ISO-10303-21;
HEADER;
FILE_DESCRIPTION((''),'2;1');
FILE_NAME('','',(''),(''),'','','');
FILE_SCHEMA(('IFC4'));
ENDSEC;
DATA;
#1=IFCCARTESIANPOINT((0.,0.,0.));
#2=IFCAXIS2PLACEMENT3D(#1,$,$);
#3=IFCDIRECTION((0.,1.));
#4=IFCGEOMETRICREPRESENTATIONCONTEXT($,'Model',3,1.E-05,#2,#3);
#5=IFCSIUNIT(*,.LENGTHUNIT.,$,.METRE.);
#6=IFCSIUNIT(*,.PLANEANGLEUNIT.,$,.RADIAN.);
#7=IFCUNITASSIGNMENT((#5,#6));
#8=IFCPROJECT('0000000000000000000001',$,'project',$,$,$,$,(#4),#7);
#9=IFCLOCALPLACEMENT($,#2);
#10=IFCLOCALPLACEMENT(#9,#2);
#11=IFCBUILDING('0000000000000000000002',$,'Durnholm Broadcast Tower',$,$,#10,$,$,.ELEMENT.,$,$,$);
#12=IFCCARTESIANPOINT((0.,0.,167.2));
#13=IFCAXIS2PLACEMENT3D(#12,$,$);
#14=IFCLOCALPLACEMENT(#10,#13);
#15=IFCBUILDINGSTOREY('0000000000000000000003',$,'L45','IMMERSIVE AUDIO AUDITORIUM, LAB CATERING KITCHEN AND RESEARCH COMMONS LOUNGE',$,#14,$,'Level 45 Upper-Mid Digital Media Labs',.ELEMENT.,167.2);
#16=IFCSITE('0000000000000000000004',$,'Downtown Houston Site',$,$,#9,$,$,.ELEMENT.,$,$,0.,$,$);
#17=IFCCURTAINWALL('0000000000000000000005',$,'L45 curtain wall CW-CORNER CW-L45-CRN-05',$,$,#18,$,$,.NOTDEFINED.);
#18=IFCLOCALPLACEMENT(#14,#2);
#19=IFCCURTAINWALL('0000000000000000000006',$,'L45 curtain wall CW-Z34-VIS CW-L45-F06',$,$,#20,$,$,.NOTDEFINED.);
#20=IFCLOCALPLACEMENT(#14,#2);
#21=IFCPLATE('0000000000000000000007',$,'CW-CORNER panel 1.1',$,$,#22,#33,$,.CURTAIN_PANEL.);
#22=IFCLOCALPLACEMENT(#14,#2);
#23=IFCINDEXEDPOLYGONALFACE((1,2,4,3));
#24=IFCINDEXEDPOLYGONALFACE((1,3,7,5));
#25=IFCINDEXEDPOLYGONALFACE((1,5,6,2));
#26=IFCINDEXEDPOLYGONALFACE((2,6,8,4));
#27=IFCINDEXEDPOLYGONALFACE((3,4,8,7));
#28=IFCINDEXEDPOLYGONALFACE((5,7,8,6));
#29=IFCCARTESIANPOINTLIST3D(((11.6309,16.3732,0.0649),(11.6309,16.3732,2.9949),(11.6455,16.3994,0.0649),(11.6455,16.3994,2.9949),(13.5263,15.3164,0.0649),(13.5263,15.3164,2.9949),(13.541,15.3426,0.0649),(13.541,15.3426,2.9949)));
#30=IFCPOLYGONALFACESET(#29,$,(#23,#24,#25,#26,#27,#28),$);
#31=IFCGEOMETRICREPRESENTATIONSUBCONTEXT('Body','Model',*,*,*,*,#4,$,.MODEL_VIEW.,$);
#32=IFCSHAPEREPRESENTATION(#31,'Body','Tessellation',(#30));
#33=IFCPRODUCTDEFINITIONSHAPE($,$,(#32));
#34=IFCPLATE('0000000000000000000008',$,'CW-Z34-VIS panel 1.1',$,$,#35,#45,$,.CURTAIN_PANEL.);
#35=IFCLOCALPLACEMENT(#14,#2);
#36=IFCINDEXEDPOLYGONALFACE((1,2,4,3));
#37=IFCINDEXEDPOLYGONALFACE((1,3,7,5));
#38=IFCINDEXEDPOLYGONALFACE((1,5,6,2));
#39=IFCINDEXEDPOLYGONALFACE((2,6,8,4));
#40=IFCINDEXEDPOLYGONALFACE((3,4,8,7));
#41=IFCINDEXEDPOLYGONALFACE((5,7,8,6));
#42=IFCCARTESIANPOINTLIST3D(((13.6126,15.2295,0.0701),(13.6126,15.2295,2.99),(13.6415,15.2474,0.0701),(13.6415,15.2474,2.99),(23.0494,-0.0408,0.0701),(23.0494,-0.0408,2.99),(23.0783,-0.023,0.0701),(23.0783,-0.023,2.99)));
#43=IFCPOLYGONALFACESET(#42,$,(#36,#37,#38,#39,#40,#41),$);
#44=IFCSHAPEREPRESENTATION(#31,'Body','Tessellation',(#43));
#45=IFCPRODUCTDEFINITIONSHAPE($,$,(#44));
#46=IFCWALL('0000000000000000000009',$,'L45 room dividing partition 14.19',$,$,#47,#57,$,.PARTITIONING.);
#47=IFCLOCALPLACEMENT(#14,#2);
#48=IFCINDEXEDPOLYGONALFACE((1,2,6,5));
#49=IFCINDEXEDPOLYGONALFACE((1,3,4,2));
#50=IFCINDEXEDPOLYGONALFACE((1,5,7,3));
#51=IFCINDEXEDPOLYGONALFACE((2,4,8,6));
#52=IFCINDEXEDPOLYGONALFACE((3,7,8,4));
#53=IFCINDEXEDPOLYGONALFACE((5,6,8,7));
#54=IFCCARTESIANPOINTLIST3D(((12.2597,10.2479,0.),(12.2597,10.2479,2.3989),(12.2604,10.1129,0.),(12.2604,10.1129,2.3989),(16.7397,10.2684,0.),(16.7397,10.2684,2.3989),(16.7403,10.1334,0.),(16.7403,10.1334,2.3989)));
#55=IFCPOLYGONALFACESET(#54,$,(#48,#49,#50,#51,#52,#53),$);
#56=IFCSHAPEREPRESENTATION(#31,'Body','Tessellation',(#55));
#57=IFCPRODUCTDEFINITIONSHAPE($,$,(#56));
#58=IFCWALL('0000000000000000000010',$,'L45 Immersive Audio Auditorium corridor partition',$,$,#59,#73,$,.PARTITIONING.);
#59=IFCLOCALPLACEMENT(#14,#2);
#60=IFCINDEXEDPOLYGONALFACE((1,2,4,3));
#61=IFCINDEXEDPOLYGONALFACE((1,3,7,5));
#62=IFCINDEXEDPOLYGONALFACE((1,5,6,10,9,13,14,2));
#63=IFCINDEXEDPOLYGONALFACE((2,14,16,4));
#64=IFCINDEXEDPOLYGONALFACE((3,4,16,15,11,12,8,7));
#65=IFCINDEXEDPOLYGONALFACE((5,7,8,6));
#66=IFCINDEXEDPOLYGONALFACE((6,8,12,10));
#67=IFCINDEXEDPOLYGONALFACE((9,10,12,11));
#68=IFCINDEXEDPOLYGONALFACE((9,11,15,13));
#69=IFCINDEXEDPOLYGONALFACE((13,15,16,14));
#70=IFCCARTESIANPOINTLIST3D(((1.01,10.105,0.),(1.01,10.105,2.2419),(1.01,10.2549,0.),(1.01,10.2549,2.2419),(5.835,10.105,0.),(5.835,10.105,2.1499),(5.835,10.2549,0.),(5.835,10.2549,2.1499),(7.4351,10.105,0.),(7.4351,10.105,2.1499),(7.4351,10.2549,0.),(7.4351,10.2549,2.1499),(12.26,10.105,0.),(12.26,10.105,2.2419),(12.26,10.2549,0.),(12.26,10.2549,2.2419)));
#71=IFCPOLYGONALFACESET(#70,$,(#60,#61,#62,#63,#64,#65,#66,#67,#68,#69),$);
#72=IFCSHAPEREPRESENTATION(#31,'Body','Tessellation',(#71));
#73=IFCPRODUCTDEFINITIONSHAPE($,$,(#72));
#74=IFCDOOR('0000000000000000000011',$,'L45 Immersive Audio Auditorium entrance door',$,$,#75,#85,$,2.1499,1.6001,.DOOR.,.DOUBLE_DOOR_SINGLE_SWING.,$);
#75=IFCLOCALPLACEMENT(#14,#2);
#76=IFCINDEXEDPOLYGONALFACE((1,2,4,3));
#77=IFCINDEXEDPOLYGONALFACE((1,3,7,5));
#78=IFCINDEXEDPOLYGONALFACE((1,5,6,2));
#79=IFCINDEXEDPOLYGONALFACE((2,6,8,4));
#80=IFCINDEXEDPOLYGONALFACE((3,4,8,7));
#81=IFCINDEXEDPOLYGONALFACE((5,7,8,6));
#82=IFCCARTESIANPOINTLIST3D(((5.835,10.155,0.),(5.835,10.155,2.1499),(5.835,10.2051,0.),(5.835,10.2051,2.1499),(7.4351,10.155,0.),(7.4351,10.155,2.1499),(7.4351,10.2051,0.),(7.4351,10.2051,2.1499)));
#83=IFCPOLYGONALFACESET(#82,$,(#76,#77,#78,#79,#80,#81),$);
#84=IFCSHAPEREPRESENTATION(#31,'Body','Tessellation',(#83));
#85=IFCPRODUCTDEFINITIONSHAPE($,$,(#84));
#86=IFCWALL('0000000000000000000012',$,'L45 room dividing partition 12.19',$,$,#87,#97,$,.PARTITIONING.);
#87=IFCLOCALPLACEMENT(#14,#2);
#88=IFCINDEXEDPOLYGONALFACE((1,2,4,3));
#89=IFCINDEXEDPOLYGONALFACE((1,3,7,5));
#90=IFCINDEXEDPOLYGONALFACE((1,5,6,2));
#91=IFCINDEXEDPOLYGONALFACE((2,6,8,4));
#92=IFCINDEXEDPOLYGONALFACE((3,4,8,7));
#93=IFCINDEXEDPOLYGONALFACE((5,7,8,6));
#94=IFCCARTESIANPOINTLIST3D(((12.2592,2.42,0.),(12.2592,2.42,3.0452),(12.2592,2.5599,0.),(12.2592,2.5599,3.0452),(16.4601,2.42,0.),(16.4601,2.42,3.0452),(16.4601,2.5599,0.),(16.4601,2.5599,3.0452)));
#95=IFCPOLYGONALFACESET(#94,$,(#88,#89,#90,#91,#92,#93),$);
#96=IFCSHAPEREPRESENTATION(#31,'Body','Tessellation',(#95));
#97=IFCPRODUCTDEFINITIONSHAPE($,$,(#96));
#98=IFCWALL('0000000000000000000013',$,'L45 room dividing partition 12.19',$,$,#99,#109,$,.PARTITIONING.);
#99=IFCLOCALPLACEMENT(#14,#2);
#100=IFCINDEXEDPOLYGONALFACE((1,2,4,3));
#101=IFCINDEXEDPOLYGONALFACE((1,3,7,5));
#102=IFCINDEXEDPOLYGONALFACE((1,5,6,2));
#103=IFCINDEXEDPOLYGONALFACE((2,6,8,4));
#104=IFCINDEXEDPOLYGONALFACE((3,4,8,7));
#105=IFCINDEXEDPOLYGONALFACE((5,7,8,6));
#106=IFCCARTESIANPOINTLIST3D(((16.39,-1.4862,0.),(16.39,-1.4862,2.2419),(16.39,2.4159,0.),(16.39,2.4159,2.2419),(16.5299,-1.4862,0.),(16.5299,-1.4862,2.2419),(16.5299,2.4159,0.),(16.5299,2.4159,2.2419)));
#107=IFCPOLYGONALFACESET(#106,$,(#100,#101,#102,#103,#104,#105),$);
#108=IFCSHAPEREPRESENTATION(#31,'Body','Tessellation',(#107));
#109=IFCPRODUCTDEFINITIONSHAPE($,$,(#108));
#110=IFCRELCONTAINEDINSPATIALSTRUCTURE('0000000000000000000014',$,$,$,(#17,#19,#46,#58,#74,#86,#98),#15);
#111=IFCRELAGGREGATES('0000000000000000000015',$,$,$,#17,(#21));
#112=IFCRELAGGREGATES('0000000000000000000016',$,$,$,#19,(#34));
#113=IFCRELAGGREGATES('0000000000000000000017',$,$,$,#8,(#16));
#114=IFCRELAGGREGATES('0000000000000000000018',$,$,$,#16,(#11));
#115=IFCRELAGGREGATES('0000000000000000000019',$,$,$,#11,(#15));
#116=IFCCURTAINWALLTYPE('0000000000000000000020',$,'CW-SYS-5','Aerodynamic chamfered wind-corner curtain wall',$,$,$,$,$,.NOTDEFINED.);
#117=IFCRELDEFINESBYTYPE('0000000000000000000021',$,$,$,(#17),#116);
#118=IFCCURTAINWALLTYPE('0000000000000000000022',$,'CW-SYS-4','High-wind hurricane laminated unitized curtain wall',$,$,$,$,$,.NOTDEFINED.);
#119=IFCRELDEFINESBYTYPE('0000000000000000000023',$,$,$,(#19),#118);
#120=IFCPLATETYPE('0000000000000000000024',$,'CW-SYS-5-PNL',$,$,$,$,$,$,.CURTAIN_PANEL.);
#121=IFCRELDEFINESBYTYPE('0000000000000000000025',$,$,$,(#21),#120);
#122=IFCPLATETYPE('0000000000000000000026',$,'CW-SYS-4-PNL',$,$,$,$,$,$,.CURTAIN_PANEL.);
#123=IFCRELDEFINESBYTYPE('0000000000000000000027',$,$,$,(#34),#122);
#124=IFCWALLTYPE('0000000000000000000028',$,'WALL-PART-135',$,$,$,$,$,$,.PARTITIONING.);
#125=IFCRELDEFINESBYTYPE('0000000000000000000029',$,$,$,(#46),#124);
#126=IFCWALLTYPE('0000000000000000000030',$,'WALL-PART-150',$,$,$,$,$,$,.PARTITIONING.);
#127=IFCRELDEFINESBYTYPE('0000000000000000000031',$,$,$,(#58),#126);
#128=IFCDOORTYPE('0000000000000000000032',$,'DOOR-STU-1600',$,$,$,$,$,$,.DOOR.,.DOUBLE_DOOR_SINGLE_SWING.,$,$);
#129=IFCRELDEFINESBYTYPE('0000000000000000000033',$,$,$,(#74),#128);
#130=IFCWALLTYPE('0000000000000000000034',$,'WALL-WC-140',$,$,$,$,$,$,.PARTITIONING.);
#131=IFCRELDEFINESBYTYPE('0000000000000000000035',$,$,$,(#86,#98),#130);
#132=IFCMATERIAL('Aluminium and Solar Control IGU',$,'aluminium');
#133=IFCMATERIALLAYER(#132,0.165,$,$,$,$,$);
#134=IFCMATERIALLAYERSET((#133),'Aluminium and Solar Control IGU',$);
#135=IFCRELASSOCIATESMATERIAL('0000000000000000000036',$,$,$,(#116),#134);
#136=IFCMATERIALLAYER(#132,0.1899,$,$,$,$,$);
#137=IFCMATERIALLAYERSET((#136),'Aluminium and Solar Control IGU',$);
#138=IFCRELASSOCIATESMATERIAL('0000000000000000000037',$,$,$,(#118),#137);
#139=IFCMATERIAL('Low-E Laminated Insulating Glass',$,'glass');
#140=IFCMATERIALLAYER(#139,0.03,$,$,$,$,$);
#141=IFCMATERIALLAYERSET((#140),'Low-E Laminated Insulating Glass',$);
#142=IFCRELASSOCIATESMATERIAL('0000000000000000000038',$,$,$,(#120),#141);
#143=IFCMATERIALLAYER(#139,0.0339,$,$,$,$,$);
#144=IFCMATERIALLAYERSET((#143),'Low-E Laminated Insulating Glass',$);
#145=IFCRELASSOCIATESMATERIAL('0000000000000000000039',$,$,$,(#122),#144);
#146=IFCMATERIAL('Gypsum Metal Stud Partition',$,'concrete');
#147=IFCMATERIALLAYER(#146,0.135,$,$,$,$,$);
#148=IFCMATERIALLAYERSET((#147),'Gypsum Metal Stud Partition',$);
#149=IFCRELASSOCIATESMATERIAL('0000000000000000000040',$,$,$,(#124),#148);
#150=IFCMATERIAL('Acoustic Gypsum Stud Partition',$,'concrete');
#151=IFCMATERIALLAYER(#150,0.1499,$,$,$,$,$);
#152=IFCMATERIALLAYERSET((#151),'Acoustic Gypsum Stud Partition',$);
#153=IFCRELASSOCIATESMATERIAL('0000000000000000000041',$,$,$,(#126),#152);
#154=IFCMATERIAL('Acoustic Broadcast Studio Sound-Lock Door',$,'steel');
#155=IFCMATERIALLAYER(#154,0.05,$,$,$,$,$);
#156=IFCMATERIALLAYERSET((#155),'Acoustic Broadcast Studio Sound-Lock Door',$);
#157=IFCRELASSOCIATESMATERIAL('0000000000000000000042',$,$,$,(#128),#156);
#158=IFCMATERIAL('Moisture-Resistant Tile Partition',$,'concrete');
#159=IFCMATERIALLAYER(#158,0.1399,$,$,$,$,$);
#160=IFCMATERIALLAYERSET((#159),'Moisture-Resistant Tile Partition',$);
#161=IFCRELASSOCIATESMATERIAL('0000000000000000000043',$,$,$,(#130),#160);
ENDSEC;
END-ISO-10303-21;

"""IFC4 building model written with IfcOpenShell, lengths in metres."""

from ifc_helpers import new_model, si_unit, direction, frame, frame_2d, origin, origin_2d, place, context, subcontext, project, spatial, rectangle, extrude, source, transform, mapped, material, layer, layer_set, type_object, type_shapes, element, fill, aggregate, save


model = new_model("IFC4")

# Units and contexts
model_context = context("Model", 3, precision=1e-05, world=origin(), true_north=direction((0.0, 1.0)))
body_context = subcontext(model_context, "Body", "Model", "MODEL_VIEW")
ifc_project = project(units=[si_unit("LENGTHUNIT", "METRE"), si_unit("PLANEANGLEUNIT", "RADIAN")], contexts=[model_context])

# Site, building, storey
site_placement = place(None, origin())
site = spatial("IfcSite", under=ifc_project, at=site_placement, Name="Downtown Houston Site", CompositionType="ELEMENT", RefElevation=0.0)
building_placement = place(site_placement, origin())
building = spatial("IfcBuilding", under=site, at=building_placement, Name="Durnholm Broadcast Tower", CompositionType="ELEMENT")
storey_placement = place(building_placement, frame((0.0, 0.0, 167.2)))
storey = spatial("IfcBuildingStorey", under=building, at=storey_placement, Name="L45", Description="IMMERSIVE AUDIO AUDITORIUM, LAB CATERING KITCHEN AND RESEARCH COMMONS LOUNGE", LongName="Level 45 Upper-Mid Digital Media Labs", CompositionType="ELEMENT", Elevation=167.2)

# Curtain wall
ifc_material_1 = material(Name="Aluminium and Solar Control IGU", Category="aluminium")
ifc_layer_1 = layer(ifc_material_1, 0.165)
ifc_layer_set_1 = layer_set([ifc_layer_1], Name="Aluminium and Solar Control IGU")
curtain_wall_type_1 = type_object("IfcCurtainWallType", Name="CW-SYS-5", Description="Aerodynamic chamfered wind-corner curtain wall", PredefinedType="NOTDEFINED", material=ifc_layer_set_1)
curtain_wall_1_placement = place(storey_placement, origin())
curtain_wall_1 = element("IfcCurtainWall", 1, at=curtain_wall_1_placement, inside=storey, type_object=curtain_wall_type_1, Name="L45 curtain wall CW-CORNER CW-L45-CRN-05", PredefinedType="NOTDEFINED")

# Curtain wall
ifc_layer_2 = layer(ifc_material_1, 0.1899)
ifc_layer_set_2 = layer_set([ifc_layer_2], Name="Aluminium and Solar Control IGU")
curtain_wall_type_2 = type_object("IfcCurtainWallType", Name="CW-SYS-4", Description="High-wind hurricane laminated unitized curtain wall", PredefinedType="NOTDEFINED", material=ifc_layer_set_2)
curtain_wall_2_placement = place(storey_placement, origin())
curtain_wall_2 = element("IfcCurtainWall", 2, at=curtain_wall_2_placement, inside=storey, type_object=curtain_wall_type_2, Name="L45 curtain wall CW-Z34-VIS CW-L45-F06", PredefinedType="NOTDEFINED")

# Plates
ifc_material_2 = material(Name="Low-E Laminated Insulating Glass", Category="glass")
ifc_layer_3 = layer(ifc_material_2, 0.03)
ifc_layer_set_3 = layer_set([ifc_layer_3], Name="Low-E Laminated Insulating Glass")
plate_type_1 = type_object("IfcPlateType", Name="CW-SYS-5-PNL", PredefinedType="CURTAIN_PANEL", material=ifc_layer_set_3)
shared_shape_1 = source(origin(), body_context, "Body", "SweptSolid", [
    extrude(rectangle(XDim=2.1702, YDim=0.03, at=origin_2d()), origin(), (0.0, 0.0, 1.0), 2.9299),
])
type_shapes(plate_type_1, [shared_shape_1])
plate_1_placement = place(storey_placement, frame((12.5859, 15.8579, 0.0649), z_axis=(0.0, 0.0, 1.0), x_axis=(0.87341, -0.486986, 0.0)))
plate_1 = element("IfcPlate", 3, at=plate_1_placement, type_object=plate_type_1, Name="CW-CORNER panel 1.1", PredefinedType="CURTAIN_PANEL", context=body_context, shape_type="MappedRepresentation", body=[
    mapped(shared_shape_1, transform((0.0, 0.0, 0.0), x_axis=(1.0, 0.0, 0.0), y_axis=(0.0, 1.0, 0.0), z_axis=(0.0, 0.0, 1.0), scale=1.0)),
])
aggregate(curtain_wall_1, [plate_1])
ifc_layer_4 = layer(ifc_material_2, 0.0339)
ifc_layer_set_4 = layer_set([ifc_layer_4], Name="Low-E Laminated Insulating Glass")
plate_type_2 = type_object("IfcPlateType", Name="CW-SYS-4-PNL", PredefinedType="CURTAIN_PANEL", material=ifc_layer_set_4)
shared_shape_2 = source(origin(), body_context, "Body", "SweptSolid", [
    extrude(rectangle(XDim=17.9509, YDim=0.0339, at=origin_2d()), origin(), (0.0, 0.0, 1.0), 2.9199),
])
type_shapes(plate_type_2, [shared_shape_2])
plate_2_placement = place(storey_placement, frame((18.3455, 7.6033, 0.0701), z_axis=(0.0, 0.0, 1.0), x_axis=(0.525698, -0.850671, 0.0)))
plate_2 = element("IfcPlate", 4, at=plate_2_placement, type_object=plate_type_2, Name="CW-Z34-VIS panel 1.1", PredefinedType="CURTAIN_PANEL", context=body_context, shape_type="MappedRepresentation", body=[
    mapped(shared_shape_2, transform((0.0, 0.0, 0.0), x_axis=(1.0, 0.0, 0.0), y_axis=(0.0, 1.0, 0.0), z_axis=(0.0, 0.0, 1.0), scale=1.0)),
])
aggregate(curtain_wall_2, [plate_2])

# Wall
ifc_material_3 = material(Name="Gypsum Metal Stud Partition", Category="concrete")
ifc_layer_5 = layer(ifc_material_3, 0.135)
ifc_layer_set_5 = layer_set([ifc_layer_5], Name="Gypsum Metal Stud Partition")
wall_type_1 = type_object("IfcWallType", Name="WALL-PART-135", PredefinedType="PARTITIONING", material=ifc_layer_set_5)
wall_1_placement = place(storey_placement, frame((16.74, 10.2009, 0.0), z_axis=(0.0, 0.0, 1.0), x_axis=(-0.99999, -0.004578, 0.0)))
element("IfcWall", 5, at=wall_1_placement, inside=storey, type_object=wall_type_1, Name="L45 room dividing partition 14.19", PredefinedType="PARTITIONING", context=body_context, shape_type="SweptSolid", body=[
    extrude(rectangle(XDim=4.48, YDim=0.135, at=frame_2d((2.24, 0.0))), origin(), (0.0, 0.0, 1.0), 2.3989),
])

# Wall, opening, door
ifc_material_4 = material(Name="Acoustic Gypsum Stud Partition", Category="concrete")
ifc_layer_6 = layer(ifc_material_4, 0.1499)
ifc_layer_set_6 = layer_set([ifc_layer_6], Name="Acoustic Gypsum Stud Partition")
wall_type_2 = type_object("IfcWallType", Name="WALL-PART-150", PredefinedType="PARTITIONING", material=ifc_layer_set_6)
wall_2_placement = place(storey_placement, frame((12.26, 10.1799, 0.0), z_axis=(0.0, 0.0, 1.0), x_axis=(-1.0, 0.0, 0.0)))
wall_2 = element("IfcWall", 6, at=wall_2_placement, inside=storey, type_object=wall_type_2, Name="L45 Immersive Audio Auditorium corridor partition", PredefinedType="PARTITIONING", context=body_context, shape_type="SweptSolid", body=[
    extrude(rectangle(XDim=11.25, YDim=0.1499, at=frame_2d((5.625, 0.0))), origin(), (0.0, 0.0, 1.0), 2.2419),
])
opening_1_placement = place(wall_2_placement, frame((4.825, 0.0, 0.0)))
opening_1 = element("IfcOpeningElement", 7, at=opening_1_placement, cuts=wall_2, PredefinedType="OPENING", context=body_context, shape_type="SweptSolid", body=[
    extrude(rectangle(XDim=1.6001, YDim=2.1499, at=frame_2d((0.8, 1.075))), frame((0.0, 0.085, 0.0), z_axis=(0.0, -1.0, 0.0), x_axis=(1.0, 0.0, 0.0)), (0.0, 0.0, 1.0), 0.1699),
])
ifc_material_5 = material(Name="Acoustic Broadcast Studio Sound-Lock Door", Category="steel")
ifc_layer_7 = layer(ifc_material_5, 0.05)
ifc_layer_set_7 = layer_set([ifc_layer_7], Name="Acoustic Broadcast Studio Sound-Lock Door")
door_type = type_object("IfcDoorType", Name="DOOR-STU-1600", OperationType="DOUBLE_DOOR_SINGLE_SWING", PredefinedType="DOOR", material=ifc_layer_set_7)
shared_shape_3 = source(origin(), body_context, "Body", "SweptSolid", [
    extrude(rectangle(XDim=1.6001, YDim=2.1499, at=frame_2d((0.8, 1.075))), frame((0.0, 0.0249, 0.0), z_axis=(0.0, -1.0, 0.0), x_axis=(1.0, 0.0, 0.0)), (0.0, 0.0, 1.0), 0.05),
])
type_shapes(door_type, [shared_shape_3])
door_1_placement = place(opening_1_placement, origin())
door_1 = element("IfcDoor", 8, at=door_1_placement, inside=storey, type_object=door_type, Name="L45 Immersive Audio Auditorium entrance door", OperationType="DOUBLE_DOOR_SINGLE_SWING", OverallHeight=2.1499, OverallWidth=1.6001, PredefinedType="DOOR", context=body_context, shape_type="MappedRepresentation", body=[
    mapped(shared_shape_3, transform((0.0, 0.0, 0.0), x_axis=(1.0, 0.0, 0.0), y_axis=(0.0, 1.0, 0.0), z_axis=(0.0, 0.0, 1.0), scale=1.0)),
])
fill(opening_1, door_1)

# Walls
ifc_material_6 = material(Name="Moisture-Resistant Tile Partition", Category="concrete")
ifc_layer_8 = layer(ifc_material_6, 0.1399)
ifc_layer_set_8 = layer_set([ifc_layer_8], Name="Moisture-Resistant Tile Partition")
wall_type_3 = type_object("IfcWallType", Name="WALL-WC-140", PredefinedType="PARTITIONING", material=ifc_layer_set_8)
wall_3_placement = place(storey_placement, frame((12.259, 2.49, 0.0), z_axis=(0.0, 0.0, 1.0), x_axis=(1.0, 0.0, 0.0)))
element("IfcWall", 9, at=wall_3_placement, inside=storey, type_object=wall_type_3, Name="L45 room dividing partition 12.19", PredefinedType="PARTITIONING", context=body_context, shape_type="SweptSolid", body=[
    extrude(rectangle(XDim=4.2009, YDim=0.1399, at=frame_2d((2.1006, 0.0))), origin(), (0.0, 0.0, 1.0), 3.0452),
])
wall_4_placement = place(storey_placement, frame((16.46, 2.416, 0.0), z_axis=(0.0, 0.0, 1.0), x_axis=(0.0, -1.0, 0.0)))
element("IfcWall", 10, at=wall_4_placement, inside=storey, type_object=wall_type_3, Name="L45 room dividing partition 12.19", PredefinedType="PARTITIONING", context=body_context, shape_type="SweptSolid", body=[
    extrude(rectangle(XDim=3.9021, YDim=0.1399, at=frame_2d((1.9512, 0.0))), origin(), (0.0, 0.0, 1.0), 2.2419),
])

save(model, "model.ifc")
